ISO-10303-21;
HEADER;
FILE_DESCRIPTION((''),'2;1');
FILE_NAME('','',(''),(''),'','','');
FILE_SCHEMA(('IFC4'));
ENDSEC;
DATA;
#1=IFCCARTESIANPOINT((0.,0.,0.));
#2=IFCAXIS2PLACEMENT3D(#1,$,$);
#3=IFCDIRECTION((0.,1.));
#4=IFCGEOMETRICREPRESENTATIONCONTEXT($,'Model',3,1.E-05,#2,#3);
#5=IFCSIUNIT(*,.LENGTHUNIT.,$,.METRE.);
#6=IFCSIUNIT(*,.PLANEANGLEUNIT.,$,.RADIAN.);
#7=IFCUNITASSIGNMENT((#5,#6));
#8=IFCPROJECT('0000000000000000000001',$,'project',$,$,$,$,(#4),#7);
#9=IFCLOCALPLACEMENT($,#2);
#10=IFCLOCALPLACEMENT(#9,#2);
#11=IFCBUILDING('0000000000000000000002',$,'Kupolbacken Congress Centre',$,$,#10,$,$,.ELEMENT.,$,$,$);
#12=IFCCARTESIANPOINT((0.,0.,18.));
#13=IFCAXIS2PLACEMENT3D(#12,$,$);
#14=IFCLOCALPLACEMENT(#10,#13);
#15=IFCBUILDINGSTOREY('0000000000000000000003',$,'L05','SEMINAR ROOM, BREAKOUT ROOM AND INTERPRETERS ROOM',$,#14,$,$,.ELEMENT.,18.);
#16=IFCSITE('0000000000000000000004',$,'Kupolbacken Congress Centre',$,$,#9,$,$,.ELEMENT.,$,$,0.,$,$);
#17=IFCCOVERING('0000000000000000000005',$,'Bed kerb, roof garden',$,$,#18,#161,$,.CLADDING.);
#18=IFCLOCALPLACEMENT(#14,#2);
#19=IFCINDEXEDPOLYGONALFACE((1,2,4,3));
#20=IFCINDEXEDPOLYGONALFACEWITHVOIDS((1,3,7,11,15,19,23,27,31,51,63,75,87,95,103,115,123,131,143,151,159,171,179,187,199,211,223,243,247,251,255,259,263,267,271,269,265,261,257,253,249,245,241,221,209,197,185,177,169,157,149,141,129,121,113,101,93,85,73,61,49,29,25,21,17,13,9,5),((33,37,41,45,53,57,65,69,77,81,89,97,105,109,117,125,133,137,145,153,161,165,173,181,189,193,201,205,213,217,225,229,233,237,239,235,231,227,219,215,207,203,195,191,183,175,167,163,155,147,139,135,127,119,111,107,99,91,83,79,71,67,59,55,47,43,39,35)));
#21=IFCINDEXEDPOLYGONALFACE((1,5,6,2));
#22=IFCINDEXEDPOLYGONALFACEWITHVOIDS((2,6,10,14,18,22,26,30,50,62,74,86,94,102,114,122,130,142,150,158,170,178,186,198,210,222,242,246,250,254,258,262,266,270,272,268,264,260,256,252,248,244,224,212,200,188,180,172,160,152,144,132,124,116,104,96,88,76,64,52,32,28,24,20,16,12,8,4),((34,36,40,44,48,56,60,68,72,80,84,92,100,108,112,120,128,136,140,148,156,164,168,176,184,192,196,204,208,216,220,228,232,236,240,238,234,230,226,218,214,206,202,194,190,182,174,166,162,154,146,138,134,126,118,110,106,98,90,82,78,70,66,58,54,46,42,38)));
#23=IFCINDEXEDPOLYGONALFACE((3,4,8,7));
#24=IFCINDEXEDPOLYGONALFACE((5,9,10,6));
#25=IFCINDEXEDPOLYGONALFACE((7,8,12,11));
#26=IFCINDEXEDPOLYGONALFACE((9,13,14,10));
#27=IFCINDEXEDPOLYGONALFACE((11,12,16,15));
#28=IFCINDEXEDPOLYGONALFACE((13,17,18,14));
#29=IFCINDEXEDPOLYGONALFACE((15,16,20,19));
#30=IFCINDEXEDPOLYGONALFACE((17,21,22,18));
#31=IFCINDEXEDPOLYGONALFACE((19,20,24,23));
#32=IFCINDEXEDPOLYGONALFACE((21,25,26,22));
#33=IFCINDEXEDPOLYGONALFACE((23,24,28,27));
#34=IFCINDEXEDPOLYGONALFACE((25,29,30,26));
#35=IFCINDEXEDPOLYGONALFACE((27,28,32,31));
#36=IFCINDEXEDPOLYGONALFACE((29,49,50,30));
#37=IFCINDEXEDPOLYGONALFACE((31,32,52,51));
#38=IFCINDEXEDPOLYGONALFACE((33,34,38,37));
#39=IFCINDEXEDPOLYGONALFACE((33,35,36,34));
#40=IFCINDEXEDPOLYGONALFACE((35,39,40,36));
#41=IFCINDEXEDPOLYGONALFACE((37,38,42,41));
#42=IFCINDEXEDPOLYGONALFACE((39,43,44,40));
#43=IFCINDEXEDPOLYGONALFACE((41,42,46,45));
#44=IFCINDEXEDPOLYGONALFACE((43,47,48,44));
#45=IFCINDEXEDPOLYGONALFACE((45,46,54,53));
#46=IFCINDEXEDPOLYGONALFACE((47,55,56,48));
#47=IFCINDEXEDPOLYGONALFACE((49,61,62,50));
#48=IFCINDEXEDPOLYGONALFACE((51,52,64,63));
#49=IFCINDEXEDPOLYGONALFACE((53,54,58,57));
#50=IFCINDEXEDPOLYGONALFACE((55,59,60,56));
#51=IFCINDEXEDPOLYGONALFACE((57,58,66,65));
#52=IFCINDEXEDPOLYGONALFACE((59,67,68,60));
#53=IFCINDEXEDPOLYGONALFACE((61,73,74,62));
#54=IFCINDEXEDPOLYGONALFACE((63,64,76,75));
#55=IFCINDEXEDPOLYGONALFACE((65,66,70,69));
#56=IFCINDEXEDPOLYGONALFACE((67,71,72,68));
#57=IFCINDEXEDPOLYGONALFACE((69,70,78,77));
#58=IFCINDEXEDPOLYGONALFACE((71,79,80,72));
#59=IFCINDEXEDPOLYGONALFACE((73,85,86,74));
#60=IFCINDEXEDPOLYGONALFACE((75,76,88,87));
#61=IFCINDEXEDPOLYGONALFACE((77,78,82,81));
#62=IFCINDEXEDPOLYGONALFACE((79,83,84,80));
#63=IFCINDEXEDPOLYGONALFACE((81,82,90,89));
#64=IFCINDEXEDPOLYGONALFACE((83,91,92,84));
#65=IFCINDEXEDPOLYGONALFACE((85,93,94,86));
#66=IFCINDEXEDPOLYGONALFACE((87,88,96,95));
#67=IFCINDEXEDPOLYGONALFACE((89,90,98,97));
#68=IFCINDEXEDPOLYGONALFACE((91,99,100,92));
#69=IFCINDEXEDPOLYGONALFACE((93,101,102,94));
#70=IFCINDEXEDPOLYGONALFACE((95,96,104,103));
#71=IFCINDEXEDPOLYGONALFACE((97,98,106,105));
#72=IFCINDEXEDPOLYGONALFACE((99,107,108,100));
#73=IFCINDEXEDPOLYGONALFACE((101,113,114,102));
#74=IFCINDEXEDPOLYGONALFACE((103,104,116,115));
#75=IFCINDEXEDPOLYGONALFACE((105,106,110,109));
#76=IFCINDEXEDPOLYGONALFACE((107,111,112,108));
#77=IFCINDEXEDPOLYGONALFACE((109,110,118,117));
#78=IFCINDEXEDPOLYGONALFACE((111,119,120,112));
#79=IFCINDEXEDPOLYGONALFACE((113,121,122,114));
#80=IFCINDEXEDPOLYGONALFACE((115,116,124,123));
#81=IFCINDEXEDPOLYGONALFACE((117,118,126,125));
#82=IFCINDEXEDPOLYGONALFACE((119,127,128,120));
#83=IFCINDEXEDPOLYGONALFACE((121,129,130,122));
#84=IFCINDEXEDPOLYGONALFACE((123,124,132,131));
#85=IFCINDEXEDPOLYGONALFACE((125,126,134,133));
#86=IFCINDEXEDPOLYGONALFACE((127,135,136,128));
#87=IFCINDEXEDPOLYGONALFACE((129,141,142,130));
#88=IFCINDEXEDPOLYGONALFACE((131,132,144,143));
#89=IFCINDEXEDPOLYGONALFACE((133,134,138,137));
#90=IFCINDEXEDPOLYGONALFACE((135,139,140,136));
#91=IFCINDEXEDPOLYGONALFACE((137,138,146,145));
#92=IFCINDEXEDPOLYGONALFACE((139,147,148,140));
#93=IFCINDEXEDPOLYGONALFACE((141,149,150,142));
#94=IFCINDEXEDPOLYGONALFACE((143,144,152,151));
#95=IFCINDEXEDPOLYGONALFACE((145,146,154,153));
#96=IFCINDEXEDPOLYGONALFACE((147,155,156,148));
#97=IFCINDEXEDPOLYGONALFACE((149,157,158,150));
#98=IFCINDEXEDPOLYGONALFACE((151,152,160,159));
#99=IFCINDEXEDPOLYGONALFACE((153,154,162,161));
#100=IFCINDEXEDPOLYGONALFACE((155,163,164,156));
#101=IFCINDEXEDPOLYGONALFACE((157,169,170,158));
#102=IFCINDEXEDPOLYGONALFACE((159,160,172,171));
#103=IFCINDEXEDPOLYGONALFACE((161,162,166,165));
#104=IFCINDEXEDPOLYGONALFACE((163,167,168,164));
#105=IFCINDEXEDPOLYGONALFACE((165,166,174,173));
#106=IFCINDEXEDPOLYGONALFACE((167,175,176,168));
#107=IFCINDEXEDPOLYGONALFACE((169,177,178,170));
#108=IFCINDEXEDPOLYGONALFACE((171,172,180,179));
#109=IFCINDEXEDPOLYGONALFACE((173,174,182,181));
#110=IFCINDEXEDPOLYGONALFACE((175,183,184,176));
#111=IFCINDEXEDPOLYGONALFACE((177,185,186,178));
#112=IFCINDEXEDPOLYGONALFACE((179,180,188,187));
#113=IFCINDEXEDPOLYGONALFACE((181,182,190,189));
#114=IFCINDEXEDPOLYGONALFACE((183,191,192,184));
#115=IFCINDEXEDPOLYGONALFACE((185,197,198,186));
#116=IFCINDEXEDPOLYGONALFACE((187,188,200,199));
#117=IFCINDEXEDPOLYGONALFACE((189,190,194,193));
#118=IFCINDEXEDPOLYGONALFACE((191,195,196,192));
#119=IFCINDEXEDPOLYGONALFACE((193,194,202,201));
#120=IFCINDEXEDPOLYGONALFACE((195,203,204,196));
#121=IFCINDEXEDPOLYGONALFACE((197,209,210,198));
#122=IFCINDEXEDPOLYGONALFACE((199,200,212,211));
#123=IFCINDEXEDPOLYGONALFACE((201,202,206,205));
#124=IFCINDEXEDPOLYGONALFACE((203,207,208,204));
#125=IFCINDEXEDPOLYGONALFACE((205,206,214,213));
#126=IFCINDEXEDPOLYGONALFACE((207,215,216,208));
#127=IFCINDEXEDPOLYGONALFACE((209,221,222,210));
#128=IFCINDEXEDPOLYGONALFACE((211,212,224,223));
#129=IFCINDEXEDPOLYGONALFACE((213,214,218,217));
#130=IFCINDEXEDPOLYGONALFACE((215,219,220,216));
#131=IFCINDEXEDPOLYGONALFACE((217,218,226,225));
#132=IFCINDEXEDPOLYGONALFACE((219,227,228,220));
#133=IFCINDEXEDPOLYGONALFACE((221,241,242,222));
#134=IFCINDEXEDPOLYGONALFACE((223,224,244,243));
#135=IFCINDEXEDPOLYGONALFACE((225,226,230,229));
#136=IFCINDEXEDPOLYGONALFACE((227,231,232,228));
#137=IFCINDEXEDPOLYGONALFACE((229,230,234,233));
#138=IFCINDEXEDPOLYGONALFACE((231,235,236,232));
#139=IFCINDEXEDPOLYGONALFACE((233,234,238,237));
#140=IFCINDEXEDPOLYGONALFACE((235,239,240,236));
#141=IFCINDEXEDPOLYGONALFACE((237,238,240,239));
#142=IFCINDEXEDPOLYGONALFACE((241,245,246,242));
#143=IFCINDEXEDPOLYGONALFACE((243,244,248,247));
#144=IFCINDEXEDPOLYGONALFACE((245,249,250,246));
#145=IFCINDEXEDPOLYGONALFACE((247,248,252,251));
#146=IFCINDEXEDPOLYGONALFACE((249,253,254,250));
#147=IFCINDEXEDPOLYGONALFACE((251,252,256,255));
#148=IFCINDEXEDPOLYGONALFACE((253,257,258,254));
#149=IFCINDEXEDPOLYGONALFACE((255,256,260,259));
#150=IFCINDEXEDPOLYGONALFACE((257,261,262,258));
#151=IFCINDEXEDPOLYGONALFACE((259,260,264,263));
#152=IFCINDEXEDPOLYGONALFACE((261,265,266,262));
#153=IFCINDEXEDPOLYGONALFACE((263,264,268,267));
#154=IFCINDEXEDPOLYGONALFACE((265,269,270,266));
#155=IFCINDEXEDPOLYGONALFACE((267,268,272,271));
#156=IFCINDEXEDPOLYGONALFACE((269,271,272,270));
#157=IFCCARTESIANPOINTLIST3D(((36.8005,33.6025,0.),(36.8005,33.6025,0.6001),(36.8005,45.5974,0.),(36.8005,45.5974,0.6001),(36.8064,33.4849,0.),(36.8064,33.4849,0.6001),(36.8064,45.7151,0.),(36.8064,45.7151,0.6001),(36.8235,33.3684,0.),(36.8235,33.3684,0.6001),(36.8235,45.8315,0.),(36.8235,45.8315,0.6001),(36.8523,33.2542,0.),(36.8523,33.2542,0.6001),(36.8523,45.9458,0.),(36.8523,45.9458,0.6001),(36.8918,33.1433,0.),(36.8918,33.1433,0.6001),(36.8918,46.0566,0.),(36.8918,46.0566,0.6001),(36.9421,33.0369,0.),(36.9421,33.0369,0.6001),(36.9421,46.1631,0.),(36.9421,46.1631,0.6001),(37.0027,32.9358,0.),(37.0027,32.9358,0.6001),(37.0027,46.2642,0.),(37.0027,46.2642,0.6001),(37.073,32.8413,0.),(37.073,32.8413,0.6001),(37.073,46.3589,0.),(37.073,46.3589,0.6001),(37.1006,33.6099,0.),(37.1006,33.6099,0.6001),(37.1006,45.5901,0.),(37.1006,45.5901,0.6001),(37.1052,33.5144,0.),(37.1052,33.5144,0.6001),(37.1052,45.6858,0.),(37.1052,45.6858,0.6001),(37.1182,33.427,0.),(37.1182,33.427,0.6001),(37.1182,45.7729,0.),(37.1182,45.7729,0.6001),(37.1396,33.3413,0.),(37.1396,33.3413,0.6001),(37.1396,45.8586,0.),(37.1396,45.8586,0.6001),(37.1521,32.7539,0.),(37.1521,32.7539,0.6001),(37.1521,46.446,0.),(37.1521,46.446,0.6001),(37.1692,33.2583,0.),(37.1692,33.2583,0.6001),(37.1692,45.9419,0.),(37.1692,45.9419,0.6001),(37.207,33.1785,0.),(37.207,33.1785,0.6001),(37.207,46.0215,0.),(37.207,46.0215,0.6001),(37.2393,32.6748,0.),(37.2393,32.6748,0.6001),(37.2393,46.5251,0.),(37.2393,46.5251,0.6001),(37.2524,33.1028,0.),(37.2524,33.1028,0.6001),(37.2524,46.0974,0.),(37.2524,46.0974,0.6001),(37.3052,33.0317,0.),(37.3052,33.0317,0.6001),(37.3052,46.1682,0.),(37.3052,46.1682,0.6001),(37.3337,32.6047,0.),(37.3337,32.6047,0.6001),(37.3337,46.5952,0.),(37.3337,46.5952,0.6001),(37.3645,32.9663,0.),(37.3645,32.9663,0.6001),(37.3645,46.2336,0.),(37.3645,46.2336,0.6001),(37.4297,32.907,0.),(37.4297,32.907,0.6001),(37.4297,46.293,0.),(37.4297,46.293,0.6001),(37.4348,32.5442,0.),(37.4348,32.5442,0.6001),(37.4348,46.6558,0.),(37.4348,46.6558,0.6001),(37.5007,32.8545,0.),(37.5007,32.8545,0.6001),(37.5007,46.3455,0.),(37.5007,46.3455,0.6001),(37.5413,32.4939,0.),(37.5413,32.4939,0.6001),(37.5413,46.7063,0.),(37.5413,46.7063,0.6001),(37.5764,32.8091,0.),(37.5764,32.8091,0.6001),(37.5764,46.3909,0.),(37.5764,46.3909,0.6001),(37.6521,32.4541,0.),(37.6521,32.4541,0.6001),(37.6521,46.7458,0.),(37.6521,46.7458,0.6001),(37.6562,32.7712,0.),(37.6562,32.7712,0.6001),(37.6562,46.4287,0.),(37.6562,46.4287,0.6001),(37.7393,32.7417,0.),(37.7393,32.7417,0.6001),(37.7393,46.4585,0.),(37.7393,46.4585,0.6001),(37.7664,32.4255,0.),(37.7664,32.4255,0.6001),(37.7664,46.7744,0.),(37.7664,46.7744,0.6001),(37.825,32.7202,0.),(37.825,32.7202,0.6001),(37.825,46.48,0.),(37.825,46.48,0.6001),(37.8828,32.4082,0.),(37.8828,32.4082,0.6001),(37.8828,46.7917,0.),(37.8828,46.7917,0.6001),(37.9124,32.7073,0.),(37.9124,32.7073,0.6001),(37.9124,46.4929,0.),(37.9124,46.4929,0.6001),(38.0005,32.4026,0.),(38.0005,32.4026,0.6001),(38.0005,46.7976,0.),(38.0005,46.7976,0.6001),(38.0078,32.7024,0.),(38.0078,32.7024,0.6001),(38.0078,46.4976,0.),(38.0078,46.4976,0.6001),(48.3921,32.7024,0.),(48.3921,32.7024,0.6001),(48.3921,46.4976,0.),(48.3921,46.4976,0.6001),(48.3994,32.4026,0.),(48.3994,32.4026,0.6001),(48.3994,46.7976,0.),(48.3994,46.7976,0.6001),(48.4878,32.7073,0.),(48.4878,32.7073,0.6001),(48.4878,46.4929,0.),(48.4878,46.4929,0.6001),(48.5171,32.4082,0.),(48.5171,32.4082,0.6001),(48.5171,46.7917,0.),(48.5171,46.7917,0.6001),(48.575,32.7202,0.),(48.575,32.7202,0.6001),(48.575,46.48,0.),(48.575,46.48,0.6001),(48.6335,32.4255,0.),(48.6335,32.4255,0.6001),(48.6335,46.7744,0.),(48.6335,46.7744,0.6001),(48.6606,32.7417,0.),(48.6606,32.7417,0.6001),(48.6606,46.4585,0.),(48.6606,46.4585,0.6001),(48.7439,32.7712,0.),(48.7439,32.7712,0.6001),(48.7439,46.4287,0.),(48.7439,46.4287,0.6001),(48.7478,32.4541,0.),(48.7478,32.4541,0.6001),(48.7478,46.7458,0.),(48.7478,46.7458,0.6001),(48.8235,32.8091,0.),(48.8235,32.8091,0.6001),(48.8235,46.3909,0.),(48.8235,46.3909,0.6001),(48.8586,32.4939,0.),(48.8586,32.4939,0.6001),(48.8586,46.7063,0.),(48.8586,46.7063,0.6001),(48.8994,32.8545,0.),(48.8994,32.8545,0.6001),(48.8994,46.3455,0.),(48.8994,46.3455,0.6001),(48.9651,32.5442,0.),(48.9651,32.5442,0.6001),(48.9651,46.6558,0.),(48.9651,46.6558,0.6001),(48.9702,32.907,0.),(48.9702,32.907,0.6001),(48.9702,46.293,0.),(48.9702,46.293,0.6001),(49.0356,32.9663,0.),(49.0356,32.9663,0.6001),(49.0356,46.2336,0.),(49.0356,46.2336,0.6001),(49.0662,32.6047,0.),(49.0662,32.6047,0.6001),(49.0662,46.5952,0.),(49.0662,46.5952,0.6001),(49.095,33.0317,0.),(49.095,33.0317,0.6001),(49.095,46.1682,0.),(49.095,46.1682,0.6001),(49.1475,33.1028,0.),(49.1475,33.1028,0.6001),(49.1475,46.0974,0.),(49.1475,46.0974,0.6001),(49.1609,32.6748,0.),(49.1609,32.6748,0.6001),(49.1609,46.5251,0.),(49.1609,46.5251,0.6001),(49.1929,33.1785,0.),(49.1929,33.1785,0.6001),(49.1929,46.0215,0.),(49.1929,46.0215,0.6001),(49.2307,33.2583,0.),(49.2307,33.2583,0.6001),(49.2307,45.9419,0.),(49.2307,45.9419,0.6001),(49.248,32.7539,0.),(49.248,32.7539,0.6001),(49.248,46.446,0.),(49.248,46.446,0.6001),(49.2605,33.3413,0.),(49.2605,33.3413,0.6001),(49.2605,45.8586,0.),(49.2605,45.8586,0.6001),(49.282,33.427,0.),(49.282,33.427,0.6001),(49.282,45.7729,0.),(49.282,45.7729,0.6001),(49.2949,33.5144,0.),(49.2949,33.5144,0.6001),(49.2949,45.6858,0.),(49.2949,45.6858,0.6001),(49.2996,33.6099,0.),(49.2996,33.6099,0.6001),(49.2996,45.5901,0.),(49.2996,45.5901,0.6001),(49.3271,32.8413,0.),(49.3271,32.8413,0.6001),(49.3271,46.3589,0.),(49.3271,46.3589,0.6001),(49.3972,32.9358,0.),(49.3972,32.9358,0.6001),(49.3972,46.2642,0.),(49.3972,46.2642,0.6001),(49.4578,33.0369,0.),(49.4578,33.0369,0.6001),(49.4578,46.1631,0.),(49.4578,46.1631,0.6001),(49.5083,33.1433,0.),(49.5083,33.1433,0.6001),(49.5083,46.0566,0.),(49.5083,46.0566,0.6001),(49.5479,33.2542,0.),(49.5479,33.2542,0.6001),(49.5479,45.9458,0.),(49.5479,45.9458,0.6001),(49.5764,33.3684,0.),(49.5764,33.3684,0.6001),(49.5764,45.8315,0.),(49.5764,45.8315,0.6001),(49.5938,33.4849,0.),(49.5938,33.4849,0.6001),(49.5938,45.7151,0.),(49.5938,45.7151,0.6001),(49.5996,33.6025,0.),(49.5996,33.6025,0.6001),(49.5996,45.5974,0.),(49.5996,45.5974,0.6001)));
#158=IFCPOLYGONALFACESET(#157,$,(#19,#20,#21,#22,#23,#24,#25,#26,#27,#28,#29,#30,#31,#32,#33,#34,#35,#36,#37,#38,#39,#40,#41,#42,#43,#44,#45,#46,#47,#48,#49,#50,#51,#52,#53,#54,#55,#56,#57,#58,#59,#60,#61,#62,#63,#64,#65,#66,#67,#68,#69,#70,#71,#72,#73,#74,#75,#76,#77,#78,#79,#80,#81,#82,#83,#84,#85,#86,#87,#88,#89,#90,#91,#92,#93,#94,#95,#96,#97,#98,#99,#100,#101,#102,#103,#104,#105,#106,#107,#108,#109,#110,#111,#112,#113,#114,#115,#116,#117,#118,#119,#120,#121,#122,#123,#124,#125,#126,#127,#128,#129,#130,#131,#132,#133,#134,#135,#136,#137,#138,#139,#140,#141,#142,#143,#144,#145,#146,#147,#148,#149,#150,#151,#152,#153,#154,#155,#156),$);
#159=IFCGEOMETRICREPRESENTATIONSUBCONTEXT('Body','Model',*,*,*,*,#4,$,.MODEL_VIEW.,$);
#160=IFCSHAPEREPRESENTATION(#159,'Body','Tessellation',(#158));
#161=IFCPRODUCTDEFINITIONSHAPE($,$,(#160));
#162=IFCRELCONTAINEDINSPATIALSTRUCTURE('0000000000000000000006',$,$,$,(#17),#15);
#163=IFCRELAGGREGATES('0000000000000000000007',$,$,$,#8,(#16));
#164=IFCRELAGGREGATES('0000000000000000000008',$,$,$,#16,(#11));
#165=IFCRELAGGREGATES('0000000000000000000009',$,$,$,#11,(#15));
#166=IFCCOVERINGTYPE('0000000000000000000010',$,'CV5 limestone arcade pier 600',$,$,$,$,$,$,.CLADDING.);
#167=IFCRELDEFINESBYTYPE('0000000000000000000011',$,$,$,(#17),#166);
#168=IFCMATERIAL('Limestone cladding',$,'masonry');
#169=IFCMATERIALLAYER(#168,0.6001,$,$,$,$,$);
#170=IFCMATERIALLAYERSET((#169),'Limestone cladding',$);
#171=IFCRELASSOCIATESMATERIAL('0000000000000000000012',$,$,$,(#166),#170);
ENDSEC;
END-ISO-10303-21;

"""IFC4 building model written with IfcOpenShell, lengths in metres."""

from ifc_helpers import new_model, si_unit, direction, frame, origin, place, context, subcontext, project, spatial, polyline, outline, extrude, material, layer, layer_set, type_object, element, save


model = new_model("IFC4")

# Units and contexts
model_context = context("Model", 3, precision=1e-05, world=origin(), true_north=direction((0.0, 1.0)))
body_context = subcontext(model_context, "Body", "Model", "MODEL_VIEW")
ifc_project = project(units=[si_unit("LENGTHUNIT", "METRE"), si_unit("PLANEANGLEUNIT", "RADIAN")], contexts=[model_context])

# Site, building, storey
site_placement = place(None, origin())
site = spatial("IfcSite", under=ifc_project, at=site_placement, Name="Kupolbacken Congress Centre", CompositionType="ELEMENT", RefElevation=0.0)
building_placement = place(site_placement, origin())
building = spatial("IfcBuilding", under=site, at=building_placement, Name="Kupolbacken Congress Centre", CompositionType="ELEMENT")
storey_placement = place(building_placement, frame((0.0, 0.0, 18.0)))
storey = spatial("IfcBuildingStorey", under=building, at=storey_placement, Name="L05", Description="SEMINAR ROOM, BREAKOUT ROOM AND INTERPRETERS ROOM", CompositionType="ELEMENT", Elevation=18.0)

# Covering
ifc_material_1 = material(Name="Limestone cladding", Category="masonry")
ifc_layer_1 = layer(ifc_material_1, 0.6001)
ifc_layer_set_1 = layer_set([ifc_layer_1], Name="Limestone cladding")
covering_type_1 = type_object("IfcCoveringType", Name="CV5 limestone arcade pier 600", PredefinedType="CLADDING", material=ifc_layer_set_1)
covering_1_placement = place(storey_placement, origin())
element("IfcCovering", 1, at=covering_1_placement, inside=storey, type_object=covering_type_1, Name="Bed kerb, roof garden", PredefinedType="CLADDING", context=body_context, shape_type="SweptSolid", body=[
    extrude(outline(polyline([(48.5171, 46.7917), (48.6335, 46.7744), (48.7478, 46.7458), (48.8586, 46.7063), (48.9651, 46.6558), (49.0662, 46.5952), (49.1609, 46.5251), (49.248, 46.446), (49.3271, 46.3589), (49.3972, 46.2642), (49.4578, 46.1631), (49.5083, 46.0566), (49.5479, 45.9458), (49.5764, 45.8315), (49.5938, 45.7151), (49.5996, 45.5974), (49.5996, 33.6025), (49.5938, 33.4849), (49.5764, 33.3684), (49.5479, 33.2542), (49.5083, 33.1433), (49.4578, 33.0369), (49.3972, 32.9358), (49.3271, 32.8413), (49.248, 32.7539), (49.1609, 32.6748), (49.0662, 32.6047), (48.9651, 32.5442), (48.8586, 32.4939), (48.7478, 32.4541), (48.6335, 32.4255), (48.5171, 32.4082), (48.3994, 32.4026), (38.0005, 32.4026), (37.8828, 32.4082), (37.7664, 32.4255), (37.6521, 32.4541), (37.5413, 32.4939), (37.4348, 32.5442), (37.3337, 32.6047), (37.2393, 32.6748), (37.1521, 32.7539), (37.073, 32.8413), (37.0027, 32.9358), (36.9421, 33.0369), (36.8918, 33.1433), (36.8523, 33.2542), (36.8235, 33.3684), (36.8064, 33.4849), (36.8005, 33.6025), (36.8005, 45.5974), (36.8064, 45.7151), (36.8235, 45.8315), (36.8523, 45.9458), (36.8918, 46.0566), (36.9421, 46.1631), (37.0027, 46.2642), (37.073, 46.3589), (37.1521, 46.446), (37.2393, 46.5251), (37.3337, 46.5952), (37.4348, 46.6558), (37.5413, 46.7063), (37.6521, 46.7458), (37.7664, 46.7744), (37.8828, 46.7917), (38.0005, 46.7976), (48.3994, 46.7976), (48.5171, 46.7917)]), holes=[polyline([(38.0078, 46.4976), (37.9124, 46.4929), (37.825, 46.48), (37.7393, 46.4585), (37.6562, 46.4287), (37.5764, 46.3909), (37.5007, 46.3455), (37.4297, 46.293), (37.3645, 46.2336), (37.3052, 46.1682), (37.2524, 46.0974), (37.207, 46.0215), (37.1692, 45.9419), (37.1396, 45.8586), (37.1182, 45.7729), (37.1052, 45.6858), (37.1006, 45.5901), (37.1006, 33.6099), (37.1052, 33.5144), (37.1182, 33.427), (37.1396, 33.3413), (37.1692, 33.2583), (37.207, 33.1785), (37.2524, 33.1028), (37.3052, 33.0317), (37.3645, 32.9663), (37.4297, 32.907), (37.5007, 32.8545), (37.5764, 32.8091), (37.6562, 32.7712), (37.7393, 32.7417), (37.825, 32.7202), (37.9124, 32.7073), (38.0078, 32.7024), (48.3921, 32.7024), (48.4878, 32.7073), (48.575, 32.7202), (48.6606, 32.7417), (48.7439, 32.7712), (48.8235, 32.8091), (48.8994, 32.8545), (48.9702, 32.907), (49.0356, 32.9663), (49.095, 33.0317), (49.1475, 33.1028), (49.1929, 33.1785), (49.2307, 33.2583), (49.2605, 33.3413), (49.282, 33.427), (49.2949, 33.5144), (49.2996, 33.6099), (49.2996, 45.5901), (49.2949, 45.6858), (49.282, 45.7729), (49.2605, 45.8586), (49.2307, 45.9419), (49.1929, 46.0215), (49.1475, 46.0974), (49.095, 46.1682), (49.0356, 46.2336), (48.9702, 46.293), (48.8994, 46.3455), (48.8235, 46.3909), (48.7439, 46.4287), (48.6606, 46.4585), (48.575, 46.48), (48.4878, 46.4929), (48.3921, 46.4976), (38.0078, 46.4976)])]), origin(), (0.0, 0.0, 1.0), 0.6001),
])

save(model, "model.ifc")
